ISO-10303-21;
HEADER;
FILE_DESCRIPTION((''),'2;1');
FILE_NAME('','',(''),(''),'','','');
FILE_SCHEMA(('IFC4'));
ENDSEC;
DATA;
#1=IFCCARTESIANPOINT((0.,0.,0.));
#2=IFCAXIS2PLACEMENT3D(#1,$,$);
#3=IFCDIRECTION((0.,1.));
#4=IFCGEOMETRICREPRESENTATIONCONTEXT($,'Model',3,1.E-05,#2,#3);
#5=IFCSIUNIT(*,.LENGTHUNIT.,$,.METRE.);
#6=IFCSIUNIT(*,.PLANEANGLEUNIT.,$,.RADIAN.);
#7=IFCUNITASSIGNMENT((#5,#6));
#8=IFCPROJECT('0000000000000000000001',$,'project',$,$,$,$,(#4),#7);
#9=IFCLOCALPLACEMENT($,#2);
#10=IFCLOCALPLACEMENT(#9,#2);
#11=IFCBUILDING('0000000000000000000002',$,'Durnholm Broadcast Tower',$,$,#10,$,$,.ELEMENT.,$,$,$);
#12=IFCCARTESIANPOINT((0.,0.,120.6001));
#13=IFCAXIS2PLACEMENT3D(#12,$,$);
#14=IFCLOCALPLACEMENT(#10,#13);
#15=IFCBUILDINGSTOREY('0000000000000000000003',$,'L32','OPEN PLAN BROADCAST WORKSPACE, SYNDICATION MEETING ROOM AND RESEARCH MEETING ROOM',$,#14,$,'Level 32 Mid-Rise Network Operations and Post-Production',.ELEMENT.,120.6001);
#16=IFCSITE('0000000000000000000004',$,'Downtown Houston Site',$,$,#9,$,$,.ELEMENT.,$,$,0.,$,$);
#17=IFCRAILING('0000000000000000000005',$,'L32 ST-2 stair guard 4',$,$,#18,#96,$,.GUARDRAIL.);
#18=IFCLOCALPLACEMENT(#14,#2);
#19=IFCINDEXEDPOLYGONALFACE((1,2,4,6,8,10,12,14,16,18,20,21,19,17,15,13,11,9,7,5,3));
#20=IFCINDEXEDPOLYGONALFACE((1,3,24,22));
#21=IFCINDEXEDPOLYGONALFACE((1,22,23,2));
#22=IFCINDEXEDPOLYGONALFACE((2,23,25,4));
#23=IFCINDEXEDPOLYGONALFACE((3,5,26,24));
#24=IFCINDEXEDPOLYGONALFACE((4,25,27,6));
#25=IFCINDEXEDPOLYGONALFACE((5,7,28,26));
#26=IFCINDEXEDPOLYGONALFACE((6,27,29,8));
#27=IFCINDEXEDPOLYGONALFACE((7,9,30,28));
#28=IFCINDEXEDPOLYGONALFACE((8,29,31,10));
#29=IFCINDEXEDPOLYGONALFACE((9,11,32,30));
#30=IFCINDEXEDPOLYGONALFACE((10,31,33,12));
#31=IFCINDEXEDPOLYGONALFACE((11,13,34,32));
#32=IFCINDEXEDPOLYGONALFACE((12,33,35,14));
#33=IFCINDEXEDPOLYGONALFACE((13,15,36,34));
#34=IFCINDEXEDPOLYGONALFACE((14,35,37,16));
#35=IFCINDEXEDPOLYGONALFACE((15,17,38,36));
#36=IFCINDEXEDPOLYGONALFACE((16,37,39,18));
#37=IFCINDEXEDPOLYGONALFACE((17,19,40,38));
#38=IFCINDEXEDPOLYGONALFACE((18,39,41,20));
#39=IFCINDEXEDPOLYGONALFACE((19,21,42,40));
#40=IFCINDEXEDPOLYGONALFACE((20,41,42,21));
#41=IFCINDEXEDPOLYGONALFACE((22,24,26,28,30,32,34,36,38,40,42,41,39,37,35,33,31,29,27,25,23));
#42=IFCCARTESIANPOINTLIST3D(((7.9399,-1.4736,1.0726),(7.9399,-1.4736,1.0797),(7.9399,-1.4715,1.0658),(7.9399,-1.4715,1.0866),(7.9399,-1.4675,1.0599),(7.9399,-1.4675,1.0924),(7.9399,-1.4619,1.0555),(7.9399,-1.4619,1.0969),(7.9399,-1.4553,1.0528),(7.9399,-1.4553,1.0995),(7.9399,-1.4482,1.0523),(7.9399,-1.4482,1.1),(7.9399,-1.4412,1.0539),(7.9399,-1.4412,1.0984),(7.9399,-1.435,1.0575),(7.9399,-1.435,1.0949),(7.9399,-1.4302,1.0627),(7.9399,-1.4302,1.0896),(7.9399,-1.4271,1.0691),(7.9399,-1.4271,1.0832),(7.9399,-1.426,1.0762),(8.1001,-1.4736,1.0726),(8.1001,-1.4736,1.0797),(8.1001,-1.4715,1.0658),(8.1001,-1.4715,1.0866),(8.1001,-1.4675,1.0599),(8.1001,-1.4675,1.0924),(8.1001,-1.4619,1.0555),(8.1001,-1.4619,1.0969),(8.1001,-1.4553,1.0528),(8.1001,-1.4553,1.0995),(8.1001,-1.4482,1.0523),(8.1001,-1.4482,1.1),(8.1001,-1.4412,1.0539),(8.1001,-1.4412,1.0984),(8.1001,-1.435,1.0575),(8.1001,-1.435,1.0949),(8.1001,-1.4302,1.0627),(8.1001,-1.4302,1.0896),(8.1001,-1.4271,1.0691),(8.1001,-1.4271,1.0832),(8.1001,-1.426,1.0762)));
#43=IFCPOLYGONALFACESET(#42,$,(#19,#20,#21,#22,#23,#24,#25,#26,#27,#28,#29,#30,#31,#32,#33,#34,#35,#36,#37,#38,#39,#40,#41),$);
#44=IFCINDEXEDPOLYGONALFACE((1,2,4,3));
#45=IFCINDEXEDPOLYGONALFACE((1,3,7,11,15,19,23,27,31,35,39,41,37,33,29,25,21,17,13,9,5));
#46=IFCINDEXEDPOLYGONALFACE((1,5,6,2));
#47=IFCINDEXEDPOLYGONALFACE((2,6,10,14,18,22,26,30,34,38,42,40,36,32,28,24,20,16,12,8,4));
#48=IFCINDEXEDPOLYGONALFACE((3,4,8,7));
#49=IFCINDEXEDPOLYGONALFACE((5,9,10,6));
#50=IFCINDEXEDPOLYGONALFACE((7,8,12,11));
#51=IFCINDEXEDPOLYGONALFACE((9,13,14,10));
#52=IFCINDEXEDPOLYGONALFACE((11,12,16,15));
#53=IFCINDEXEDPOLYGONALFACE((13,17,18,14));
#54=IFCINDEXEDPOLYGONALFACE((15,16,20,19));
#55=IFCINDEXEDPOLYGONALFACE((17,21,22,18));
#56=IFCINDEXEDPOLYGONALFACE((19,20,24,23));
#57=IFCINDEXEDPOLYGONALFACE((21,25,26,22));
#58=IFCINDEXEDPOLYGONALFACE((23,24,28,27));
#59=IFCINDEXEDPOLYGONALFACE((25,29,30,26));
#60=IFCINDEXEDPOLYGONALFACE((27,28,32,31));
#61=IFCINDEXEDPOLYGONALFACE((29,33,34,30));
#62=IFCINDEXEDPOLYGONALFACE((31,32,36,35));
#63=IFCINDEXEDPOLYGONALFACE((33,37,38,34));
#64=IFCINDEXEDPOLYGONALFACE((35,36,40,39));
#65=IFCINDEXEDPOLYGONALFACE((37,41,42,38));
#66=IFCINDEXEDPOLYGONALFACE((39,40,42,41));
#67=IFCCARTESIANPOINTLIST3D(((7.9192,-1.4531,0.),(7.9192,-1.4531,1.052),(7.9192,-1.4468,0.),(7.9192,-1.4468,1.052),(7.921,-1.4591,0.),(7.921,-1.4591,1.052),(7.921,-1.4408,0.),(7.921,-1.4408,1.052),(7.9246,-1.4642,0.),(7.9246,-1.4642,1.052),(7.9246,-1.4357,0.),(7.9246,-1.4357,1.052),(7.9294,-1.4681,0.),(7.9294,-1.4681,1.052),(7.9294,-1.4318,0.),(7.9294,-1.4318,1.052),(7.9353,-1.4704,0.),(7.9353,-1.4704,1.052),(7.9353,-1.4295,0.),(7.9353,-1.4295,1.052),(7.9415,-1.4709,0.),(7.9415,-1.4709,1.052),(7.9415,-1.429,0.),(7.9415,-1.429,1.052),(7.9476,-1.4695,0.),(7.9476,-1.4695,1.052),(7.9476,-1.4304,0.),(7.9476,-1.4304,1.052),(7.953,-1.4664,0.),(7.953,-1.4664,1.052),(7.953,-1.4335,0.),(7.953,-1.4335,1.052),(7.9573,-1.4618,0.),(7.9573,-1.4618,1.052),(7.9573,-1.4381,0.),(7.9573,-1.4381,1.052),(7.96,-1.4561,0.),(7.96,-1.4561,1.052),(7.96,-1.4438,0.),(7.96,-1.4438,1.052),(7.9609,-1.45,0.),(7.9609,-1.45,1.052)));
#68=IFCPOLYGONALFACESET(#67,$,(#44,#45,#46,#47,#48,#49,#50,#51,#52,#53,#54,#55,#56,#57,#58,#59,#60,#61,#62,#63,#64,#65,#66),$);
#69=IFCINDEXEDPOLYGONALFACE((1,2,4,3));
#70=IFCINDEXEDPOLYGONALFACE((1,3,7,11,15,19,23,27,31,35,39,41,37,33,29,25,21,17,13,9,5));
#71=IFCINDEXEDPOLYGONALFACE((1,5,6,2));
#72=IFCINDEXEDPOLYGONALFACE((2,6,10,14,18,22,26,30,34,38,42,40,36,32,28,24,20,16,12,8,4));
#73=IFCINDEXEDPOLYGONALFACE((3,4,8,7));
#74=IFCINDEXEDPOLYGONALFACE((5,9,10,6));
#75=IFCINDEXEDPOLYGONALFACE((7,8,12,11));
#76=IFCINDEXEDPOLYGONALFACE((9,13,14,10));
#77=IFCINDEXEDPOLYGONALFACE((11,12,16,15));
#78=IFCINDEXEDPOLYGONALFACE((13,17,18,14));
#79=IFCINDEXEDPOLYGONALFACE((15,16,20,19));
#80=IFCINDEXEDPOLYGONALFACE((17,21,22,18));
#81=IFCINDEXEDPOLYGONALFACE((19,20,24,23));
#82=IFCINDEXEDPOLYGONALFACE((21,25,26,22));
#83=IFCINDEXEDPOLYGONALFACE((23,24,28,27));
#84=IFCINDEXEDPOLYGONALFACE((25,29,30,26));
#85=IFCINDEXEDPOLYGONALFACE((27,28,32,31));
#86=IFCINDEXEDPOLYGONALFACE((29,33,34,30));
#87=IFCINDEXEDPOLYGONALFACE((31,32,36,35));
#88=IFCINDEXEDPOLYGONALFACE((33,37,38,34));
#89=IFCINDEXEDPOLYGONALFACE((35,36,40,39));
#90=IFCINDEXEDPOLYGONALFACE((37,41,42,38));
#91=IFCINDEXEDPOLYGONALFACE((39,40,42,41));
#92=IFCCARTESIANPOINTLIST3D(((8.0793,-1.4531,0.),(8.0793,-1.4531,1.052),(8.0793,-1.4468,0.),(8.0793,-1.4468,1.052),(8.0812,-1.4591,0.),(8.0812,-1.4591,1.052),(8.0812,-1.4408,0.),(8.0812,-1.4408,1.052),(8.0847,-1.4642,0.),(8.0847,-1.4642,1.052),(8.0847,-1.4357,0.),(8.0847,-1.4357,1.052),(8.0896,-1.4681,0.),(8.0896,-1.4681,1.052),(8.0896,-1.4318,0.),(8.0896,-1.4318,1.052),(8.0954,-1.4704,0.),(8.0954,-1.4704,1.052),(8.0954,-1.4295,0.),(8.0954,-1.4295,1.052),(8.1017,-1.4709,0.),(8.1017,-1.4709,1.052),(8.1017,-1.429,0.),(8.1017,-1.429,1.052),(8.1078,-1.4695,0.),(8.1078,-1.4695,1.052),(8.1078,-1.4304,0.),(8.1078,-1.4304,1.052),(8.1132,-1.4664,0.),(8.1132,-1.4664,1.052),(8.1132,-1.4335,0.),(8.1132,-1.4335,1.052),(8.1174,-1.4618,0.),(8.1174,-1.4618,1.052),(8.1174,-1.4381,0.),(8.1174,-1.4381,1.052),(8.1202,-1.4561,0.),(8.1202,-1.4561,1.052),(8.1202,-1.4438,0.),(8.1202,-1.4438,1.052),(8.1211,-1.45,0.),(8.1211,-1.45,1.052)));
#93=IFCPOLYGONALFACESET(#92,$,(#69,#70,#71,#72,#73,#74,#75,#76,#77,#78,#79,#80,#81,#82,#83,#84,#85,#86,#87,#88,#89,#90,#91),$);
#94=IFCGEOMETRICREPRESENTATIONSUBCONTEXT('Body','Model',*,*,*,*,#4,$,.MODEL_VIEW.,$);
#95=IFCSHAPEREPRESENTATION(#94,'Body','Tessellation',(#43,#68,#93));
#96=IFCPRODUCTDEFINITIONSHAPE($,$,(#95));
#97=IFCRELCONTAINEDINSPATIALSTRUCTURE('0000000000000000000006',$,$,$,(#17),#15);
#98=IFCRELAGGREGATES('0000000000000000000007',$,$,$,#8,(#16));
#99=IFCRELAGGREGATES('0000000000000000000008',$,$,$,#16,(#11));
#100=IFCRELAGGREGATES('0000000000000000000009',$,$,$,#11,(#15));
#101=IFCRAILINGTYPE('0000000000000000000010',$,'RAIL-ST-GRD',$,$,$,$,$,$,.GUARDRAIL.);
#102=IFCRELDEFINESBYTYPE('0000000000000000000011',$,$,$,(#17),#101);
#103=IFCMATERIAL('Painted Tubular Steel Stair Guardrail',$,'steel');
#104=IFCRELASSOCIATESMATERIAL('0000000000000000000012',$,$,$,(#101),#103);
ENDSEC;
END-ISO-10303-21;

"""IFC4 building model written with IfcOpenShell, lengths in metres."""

from ifc_helpers import new_model, si_unit, direction, frame, origin, origin_2d, place, context, subcontext, project, spatial, circle, extrude, material, type_object, element, save


model = new_model("IFC4")

# Units and contexts
model_context = context("Model", 3, precision=1e-05, world=origin(), true_north=direction((0.0, 1.0)))
body_context = subcontext(model_context, "Body", "Model", "MODEL_VIEW")
ifc_project = project(units=[si_unit("LENGTHUNIT", "METRE"), si_unit("PLANEANGLEUNIT", "RADIAN")], contexts=[model_context])

# Site, building, storey
site_placement = place(None, origin())
site = spatial("IfcSite", under=ifc_project, at=site_placement, Name="Downtown Houston Site", CompositionType="ELEMENT", RefElevation=0.0)
building_placement = place(site_placement, origin())
building = spatial("IfcBuilding", under=site, at=building_placement, Name="Durnholm Broadcast Tower", CompositionType="ELEMENT")
storey_placement = place(building_placement, frame((0.0, 0.0, 120.6001)))
storey = spatial("IfcBuildingStorey", under=building, at=storey_placement, Name="L32", Description="OPEN PLAN BROADCAST WORKSPACE, SYNDICATION MEETING ROOM AND RESEARCH MEETING ROOM", LongName="Level 32 Mid-Rise Network Operations and Post-Production", CompositionType="ELEMENT", Elevation=120.6001)

# Railing
ifc_material_1 = material(Name="Painted Tubular Steel Stair Guardrail", Category="steel")
railing_type_1 = type_object("IfcRailingType", Name="RAIL-ST-GRD", PredefinedType="GUARDRAIL", material=ifc_material_1)
railing_1_placement = place(storey_placement, frame((7.9399, -1.45, 0.0)))
element("IfcRailing", 1, at=railing_1_placement, inside=storey, type_object=railing_type_1, Name="L32 ST-2 stair guard 4", PredefinedType="GUARDRAIL", context=body_context, shape_type="SweptSolid", body=[
    extrude(circle(Radius=0.0239, at=origin_2d()), frame((0.0, 0.0, 1.0762), z_axis=(1.0, 0.0, 0.0), x_axis=(0.0, 1.0, 0.0)), (0.0, 0.0, 1.0), 0.1602),
    extrude(circle(Radius=0.021, at=origin_2d()), origin(), (0.0, 0.0, 1.0), 1.052),
    extrude(circle(Radius=0.021, at=origin_2d()), frame((0.1602, 0.0, 0.0)), (0.0, 0.0, 1.0), 1.052),
])

save(model, "model.ifc")
